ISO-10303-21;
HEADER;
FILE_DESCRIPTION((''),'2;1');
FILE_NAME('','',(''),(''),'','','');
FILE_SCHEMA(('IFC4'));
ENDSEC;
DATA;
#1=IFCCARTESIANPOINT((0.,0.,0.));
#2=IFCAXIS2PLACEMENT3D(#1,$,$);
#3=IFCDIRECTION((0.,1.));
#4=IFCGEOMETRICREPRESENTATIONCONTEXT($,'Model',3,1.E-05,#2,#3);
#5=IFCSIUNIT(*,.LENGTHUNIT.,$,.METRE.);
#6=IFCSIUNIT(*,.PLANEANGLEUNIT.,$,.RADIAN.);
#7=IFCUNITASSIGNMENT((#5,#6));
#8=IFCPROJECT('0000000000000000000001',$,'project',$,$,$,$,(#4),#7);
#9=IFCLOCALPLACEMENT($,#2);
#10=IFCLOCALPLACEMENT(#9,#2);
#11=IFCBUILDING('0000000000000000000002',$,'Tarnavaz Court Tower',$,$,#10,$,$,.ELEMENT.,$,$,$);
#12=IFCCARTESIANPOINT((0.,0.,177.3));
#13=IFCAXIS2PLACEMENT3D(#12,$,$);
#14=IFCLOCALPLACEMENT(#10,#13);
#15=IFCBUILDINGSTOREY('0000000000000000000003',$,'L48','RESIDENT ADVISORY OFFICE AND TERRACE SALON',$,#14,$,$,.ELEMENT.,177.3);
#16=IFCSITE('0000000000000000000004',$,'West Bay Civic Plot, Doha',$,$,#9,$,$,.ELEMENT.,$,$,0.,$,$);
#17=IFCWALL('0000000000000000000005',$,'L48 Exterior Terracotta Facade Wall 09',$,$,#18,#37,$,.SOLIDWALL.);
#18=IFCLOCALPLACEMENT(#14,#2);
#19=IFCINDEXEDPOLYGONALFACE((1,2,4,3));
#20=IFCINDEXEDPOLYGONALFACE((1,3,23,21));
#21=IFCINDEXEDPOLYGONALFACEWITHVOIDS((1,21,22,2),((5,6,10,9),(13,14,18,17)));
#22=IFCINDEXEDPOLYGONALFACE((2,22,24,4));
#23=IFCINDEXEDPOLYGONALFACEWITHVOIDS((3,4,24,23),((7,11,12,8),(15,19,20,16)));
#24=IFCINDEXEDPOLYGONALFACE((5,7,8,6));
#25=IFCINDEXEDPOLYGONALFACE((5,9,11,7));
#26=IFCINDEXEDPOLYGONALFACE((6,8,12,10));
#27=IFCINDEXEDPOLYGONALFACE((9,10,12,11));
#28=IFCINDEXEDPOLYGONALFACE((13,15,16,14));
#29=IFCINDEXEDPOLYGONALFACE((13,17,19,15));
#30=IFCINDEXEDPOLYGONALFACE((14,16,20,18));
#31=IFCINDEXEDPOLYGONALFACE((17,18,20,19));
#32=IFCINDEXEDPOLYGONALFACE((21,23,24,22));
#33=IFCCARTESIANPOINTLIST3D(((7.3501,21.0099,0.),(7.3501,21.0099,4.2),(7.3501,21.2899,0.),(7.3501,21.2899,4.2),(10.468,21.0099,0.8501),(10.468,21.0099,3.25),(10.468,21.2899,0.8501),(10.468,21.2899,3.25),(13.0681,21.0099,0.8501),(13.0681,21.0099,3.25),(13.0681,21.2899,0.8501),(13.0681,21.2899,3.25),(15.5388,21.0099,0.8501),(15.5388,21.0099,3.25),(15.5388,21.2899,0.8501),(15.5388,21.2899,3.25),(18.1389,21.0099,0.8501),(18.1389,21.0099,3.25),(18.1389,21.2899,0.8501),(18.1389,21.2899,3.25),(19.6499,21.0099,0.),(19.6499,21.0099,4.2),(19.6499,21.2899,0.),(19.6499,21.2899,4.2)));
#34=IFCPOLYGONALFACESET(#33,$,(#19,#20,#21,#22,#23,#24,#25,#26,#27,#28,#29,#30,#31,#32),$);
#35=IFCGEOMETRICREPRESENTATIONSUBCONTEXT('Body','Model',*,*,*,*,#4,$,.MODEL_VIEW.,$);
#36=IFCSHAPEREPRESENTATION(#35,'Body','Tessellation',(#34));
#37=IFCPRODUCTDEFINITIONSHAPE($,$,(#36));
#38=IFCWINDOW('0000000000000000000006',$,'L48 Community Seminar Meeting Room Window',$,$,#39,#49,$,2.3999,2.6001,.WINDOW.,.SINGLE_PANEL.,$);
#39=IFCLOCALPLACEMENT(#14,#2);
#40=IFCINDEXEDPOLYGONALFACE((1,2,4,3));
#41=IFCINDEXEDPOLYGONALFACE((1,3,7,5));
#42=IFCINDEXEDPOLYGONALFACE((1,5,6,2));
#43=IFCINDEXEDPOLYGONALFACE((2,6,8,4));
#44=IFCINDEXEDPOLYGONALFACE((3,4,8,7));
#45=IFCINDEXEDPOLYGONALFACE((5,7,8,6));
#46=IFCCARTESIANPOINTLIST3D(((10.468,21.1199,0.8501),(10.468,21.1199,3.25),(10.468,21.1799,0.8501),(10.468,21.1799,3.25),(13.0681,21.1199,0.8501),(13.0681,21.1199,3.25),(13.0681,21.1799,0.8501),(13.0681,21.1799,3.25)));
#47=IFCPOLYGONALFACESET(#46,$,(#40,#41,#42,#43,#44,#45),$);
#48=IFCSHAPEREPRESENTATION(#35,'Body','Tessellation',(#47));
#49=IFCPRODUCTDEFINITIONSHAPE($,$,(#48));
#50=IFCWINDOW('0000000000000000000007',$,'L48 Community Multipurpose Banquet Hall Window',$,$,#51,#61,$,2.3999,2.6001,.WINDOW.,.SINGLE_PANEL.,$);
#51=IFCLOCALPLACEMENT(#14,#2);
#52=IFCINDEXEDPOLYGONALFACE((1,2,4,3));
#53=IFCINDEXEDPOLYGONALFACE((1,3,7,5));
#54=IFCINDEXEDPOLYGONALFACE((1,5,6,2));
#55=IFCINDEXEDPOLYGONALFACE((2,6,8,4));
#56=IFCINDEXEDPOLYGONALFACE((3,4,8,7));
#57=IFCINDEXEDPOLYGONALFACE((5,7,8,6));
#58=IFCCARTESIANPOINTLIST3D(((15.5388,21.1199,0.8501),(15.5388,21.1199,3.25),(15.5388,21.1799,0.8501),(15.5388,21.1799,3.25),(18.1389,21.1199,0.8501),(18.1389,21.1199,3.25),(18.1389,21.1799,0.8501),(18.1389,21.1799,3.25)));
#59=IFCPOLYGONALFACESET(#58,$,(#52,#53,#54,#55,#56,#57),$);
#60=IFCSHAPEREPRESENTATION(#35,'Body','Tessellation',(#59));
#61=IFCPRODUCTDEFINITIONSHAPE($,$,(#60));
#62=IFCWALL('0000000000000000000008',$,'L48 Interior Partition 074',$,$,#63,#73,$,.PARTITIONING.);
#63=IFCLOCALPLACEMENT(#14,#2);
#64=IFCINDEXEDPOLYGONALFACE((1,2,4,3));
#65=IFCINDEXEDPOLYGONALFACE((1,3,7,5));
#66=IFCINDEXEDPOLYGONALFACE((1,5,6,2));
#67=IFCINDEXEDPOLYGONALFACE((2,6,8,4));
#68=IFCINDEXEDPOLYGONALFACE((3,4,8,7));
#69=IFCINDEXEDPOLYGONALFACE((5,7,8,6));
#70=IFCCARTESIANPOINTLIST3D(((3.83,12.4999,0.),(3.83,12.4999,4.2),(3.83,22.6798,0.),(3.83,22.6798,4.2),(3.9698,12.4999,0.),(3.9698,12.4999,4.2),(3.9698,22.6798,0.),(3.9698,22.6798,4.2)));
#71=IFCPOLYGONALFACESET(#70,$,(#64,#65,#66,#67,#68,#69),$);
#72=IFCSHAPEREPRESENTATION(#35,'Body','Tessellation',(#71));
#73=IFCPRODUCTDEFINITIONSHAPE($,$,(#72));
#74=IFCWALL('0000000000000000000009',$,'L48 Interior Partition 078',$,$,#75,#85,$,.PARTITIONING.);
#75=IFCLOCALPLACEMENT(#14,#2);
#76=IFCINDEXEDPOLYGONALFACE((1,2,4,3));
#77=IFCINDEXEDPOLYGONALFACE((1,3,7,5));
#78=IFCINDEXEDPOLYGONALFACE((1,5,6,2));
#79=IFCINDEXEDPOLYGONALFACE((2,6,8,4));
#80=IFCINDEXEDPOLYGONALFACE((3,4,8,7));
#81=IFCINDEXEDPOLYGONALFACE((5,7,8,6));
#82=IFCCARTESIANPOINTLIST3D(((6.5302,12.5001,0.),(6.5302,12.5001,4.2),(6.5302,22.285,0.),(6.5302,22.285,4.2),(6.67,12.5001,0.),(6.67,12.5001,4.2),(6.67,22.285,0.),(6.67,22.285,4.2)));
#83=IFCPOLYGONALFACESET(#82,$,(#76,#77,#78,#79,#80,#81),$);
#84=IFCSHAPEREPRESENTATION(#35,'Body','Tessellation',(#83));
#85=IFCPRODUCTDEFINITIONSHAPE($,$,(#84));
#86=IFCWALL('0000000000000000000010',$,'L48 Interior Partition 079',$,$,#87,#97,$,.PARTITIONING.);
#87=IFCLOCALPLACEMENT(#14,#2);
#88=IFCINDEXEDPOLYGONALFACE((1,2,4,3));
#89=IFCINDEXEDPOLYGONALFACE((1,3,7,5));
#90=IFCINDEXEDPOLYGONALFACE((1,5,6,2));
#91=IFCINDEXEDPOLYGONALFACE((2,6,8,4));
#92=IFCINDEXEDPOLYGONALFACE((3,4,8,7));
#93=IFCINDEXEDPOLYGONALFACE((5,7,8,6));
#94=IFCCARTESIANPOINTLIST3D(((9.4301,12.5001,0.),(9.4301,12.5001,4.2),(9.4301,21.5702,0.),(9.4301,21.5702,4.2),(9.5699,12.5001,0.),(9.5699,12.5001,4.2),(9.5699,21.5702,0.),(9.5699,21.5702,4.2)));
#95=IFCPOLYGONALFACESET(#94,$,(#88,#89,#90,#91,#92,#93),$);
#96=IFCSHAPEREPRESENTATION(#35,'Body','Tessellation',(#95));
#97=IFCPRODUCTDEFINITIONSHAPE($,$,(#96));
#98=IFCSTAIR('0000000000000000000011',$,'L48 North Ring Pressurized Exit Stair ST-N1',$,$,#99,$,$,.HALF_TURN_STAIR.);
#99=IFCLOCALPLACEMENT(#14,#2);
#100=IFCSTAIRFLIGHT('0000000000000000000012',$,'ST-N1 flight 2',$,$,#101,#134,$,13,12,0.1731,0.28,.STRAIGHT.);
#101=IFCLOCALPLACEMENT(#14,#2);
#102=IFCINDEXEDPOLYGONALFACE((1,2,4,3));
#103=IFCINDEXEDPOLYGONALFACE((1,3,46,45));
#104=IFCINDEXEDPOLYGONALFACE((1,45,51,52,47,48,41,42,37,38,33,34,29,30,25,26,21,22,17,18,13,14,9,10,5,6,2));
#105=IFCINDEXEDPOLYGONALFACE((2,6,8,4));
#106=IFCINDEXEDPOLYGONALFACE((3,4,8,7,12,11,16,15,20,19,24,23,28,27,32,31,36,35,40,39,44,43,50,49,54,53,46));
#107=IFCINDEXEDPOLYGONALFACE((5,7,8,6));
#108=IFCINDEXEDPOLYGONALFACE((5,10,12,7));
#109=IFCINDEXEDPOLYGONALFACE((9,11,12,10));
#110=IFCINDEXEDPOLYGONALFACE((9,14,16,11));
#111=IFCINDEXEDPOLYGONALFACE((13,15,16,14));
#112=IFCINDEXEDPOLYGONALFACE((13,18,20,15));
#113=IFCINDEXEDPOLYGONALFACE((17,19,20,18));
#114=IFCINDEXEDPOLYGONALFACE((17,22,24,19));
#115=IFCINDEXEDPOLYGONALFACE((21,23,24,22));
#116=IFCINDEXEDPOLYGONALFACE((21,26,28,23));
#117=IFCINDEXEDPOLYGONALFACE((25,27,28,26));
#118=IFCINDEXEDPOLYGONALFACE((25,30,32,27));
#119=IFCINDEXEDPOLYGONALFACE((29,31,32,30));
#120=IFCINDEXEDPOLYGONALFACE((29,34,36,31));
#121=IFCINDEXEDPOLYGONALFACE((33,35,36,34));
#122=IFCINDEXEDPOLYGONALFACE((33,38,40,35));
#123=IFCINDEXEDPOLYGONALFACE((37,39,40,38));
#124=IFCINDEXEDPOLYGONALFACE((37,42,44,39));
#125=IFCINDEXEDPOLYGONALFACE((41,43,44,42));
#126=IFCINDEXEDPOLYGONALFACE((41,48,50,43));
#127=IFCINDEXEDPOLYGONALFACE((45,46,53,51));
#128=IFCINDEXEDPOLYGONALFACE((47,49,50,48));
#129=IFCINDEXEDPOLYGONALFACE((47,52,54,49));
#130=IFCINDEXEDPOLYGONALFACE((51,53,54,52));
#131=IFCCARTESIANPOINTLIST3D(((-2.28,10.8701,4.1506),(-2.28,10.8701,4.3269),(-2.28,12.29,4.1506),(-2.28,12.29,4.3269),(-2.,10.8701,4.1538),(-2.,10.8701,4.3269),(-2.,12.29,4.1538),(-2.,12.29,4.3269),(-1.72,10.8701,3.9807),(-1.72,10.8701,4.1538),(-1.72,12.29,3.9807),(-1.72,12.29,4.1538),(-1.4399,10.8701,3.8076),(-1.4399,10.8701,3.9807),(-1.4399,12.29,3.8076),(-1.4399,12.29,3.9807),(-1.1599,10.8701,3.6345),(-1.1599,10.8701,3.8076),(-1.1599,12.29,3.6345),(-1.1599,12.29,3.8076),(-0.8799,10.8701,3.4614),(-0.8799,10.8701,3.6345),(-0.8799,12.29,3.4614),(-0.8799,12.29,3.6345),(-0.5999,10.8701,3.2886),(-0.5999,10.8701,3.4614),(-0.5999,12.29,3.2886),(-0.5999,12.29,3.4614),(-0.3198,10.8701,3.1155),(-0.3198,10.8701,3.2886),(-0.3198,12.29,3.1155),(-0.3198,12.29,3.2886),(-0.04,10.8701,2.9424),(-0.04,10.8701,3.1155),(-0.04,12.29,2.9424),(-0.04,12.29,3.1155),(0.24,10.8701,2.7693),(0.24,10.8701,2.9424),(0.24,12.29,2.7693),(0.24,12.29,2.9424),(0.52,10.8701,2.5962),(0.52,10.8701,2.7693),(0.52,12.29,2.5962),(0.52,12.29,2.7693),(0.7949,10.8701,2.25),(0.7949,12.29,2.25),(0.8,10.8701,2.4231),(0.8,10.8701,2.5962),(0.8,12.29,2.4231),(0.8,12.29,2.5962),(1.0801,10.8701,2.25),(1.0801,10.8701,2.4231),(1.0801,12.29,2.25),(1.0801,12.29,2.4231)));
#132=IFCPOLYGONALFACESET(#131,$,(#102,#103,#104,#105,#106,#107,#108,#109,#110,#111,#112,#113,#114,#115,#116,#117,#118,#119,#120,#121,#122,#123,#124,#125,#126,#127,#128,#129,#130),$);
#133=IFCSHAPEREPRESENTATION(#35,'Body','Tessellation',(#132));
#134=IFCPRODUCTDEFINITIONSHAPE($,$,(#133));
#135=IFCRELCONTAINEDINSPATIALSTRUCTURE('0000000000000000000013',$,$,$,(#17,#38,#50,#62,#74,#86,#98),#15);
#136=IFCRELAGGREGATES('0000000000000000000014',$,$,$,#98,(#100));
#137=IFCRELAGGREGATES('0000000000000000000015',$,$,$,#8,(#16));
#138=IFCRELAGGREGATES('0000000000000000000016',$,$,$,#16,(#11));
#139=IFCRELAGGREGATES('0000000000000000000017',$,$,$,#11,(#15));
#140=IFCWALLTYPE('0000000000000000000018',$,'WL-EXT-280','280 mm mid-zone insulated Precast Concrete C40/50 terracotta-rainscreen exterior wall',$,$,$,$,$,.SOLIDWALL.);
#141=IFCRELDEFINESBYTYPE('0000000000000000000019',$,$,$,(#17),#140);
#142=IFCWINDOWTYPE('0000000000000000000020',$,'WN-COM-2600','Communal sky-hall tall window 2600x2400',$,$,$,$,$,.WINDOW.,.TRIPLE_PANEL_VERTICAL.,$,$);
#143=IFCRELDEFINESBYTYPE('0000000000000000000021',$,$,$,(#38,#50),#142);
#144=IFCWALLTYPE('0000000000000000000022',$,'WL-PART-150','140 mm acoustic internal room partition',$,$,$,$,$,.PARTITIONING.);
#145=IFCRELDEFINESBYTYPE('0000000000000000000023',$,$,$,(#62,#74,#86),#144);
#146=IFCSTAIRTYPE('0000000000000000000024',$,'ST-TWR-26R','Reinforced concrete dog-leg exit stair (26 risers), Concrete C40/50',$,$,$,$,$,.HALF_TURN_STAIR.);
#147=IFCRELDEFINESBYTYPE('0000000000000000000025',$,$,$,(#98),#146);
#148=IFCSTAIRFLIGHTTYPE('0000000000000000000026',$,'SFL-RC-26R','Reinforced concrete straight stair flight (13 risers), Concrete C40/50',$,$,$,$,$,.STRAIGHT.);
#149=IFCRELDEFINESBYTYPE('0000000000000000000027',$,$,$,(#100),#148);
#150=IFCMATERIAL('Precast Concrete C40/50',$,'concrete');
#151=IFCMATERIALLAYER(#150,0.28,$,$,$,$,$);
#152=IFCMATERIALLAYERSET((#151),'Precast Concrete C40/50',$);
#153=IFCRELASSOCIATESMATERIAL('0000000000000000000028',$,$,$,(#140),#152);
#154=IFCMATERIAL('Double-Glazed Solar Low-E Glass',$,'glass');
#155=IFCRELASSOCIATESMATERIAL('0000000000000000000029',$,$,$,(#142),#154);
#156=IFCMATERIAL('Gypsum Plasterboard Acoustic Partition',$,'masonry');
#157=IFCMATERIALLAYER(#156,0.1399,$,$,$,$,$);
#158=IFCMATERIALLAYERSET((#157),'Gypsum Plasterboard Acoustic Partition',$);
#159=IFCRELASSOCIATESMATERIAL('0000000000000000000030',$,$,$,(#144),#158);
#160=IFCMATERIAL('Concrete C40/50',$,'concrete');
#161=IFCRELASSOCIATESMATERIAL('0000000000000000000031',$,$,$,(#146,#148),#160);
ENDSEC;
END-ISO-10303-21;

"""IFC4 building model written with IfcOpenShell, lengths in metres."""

from ifc_helpers import new_model, si_unit, direction, frame, frame_2d, origin, place, context, subcontext, project, spatial, polyline, rectangle, outline, extrude, material, layer, layer_set, type_object, element, fill, aggregate, save


model = new_model("IFC4")

# Units and contexts
model_context = context("Model", 3, precision=1e-05, world=origin(), true_north=direction((0.0, 1.0)))
body_context = subcontext(model_context, "Body", "Model", "MODEL_VIEW")
ifc_project = project(units=[si_unit("LENGTHUNIT", "METRE"), si_unit("PLANEANGLEUNIT", "RADIAN")], contexts=[model_context])

# Site, building, storey
site_placement = place(None, origin())
site = spatial("IfcSite", under=ifc_project, at=site_placement, Name="West Bay Civic Plot, Doha", CompositionType="ELEMENT", RefElevation=0.0)
building_placement = place(site_placement, origin())
building = spatial("IfcBuilding", under=site, at=building_placement, Name="Tarnavaz Court Tower", CompositionType="ELEMENT")
storey_placement = place(building_placement, frame((0.0, 0.0, 177.3)))
storey = spatial("IfcBuildingStorey", under=building, at=storey_placement, Name="L48", Description="RESIDENT ADVISORY OFFICE AND TERRACE SALON", CompositionType="ELEMENT", Elevation=177.3)

# Shared definitions
ifc_material_1 = material(Name="Double-Glazed Solar Low-E Glass", Category="glass")

# Shared definitions
ifc_material_2 = material(Name="Precast Concrete C40/50", Category="concrete")
ifc_layer_1 = layer(ifc_material_2, 0.28)
ifc_layer_set_1 = layer_set([ifc_layer_1], Name="Precast Concrete C40/50")
wall_type_1 = type_object("IfcWallType", Name="WL-EXT-280", Description="280 mm mid-zone insulated Precast Concrete C40/50 terracotta-rainscreen exterior wall", PredefinedType="SOLIDWALL", material=ifc_layer_set_1)

# Wall, openings, windows
wall_1_placement = place(storey_placement, frame((7.3501, 21.1499, 0.0), z_axis=(0.0, 0.0, 1.0), x_axis=(1.0, 0.0, 0.0)))
wall_1 = element("IfcWall", 1, at=wall_1_placement, inside=storey, type_object=wall_type_1, Name="L48 Exterior Terracotta Facade Wall 09", PredefinedType="SOLIDWALL", context=body_context, shape_type="SweptSolid", body=[
    extrude(rectangle(XDim=12.2998, YDim=0.28, at=frame_2d((6.1499, 0.0))), origin(), (0.0, 0.0, 1.0), 4.2),
])
opening_1_placement = place(wall_1_placement, frame((3.1179, 0.0, 0.8501)))
opening_1 = element("IfcOpeningElement", 2, at=opening_1_placement, cuts=wall_1, PredefinedType="OPENING", context=body_context, shape_type="SweptSolid", body=[
    extrude(rectangle(XDim=2.6001, YDim=2.3999, at=frame_2d((1.3, 1.2))), frame((0.0, 0.1499, 0.0), z_axis=(0.0, -1.0, 0.0), x_axis=(1.0, 0.0, 0.0)), (0.0, 0.0, 1.0), 0.3),
])
opening_2_placement = place(wall_1_placement, frame((8.1887, 0.0, 0.8501)))
opening_2 = element("IfcOpeningElement", 3, at=opening_2_placement, cuts=wall_1, PredefinedType="OPENING", context=body_context, shape_type="SweptSolid", body=[
    extrude(rectangle(XDim=2.6001, YDim=2.3999, at=frame_2d((1.3, 1.2))), frame((0.0, 0.1499, 0.0), z_axis=(0.0, -1.0, 0.0), x_axis=(1.0, 0.0, 0.0)), (0.0, 0.0, 1.0), 0.3),
])
window_type = type_object("IfcWindowType", Name="WN-COM-2600", Description="Communal sky-hall tall window 2600x2400", PartitioningType="TRIPLE_PANEL_VERTICAL", PredefinedType="WINDOW", material=ifc_material_1)
window_1_placement = place(opening_1_placement, origin())
window_1 = element("IfcWindow", 4, at=window_1_placement, inside=storey, type_object=window_type, Name="L48 Community Seminar Meeting Room Window", OverallHeight=2.3999, OverallWidth=2.6001, PartitioningType="SINGLE_PANEL", PredefinedType="WINDOW", context=body_context, shape_type="SweptSolid", body=[
    extrude(rectangle(XDim=2.6001, YDim=2.3999, at=frame_2d((1.3, 1.2))), frame((0.0, 0.03, 0.0), z_axis=(0.0, -1.0, 0.0), x_axis=(1.0, 0.0, 0.0)), (0.0, 0.0, 1.0), 0.0601),
])
fill(opening_1, window_1)
window_2_placement = place(opening_2_placement, origin())
window_2 = element("IfcWindow", 5, at=window_2_placement, inside=storey, type_object=window_type, Name="L48 Community Multipurpose Banquet Hall Window", OverallHeight=2.3999, OverallWidth=2.6001, PartitioningType="SINGLE_PANEL", PredefinedType="WINDOW", context=body_context, shape_type="SweptSolid", body=[
    extrude(rectangle(XDim=2.6001, YDim=2.3999, at=frame_2d((1.3, 1.2))), frame((0.0, 0.03, 0.0), z_axis=(0.0, -1.0, 0.0), x_axis=(1.0, 0.0, 0.0)), (0.0, 0.0, 1.0), 0.0601),
])
fill(opening_2, window_2)

# Walls
ifc_material_3 = material(Name="Gypsum Plasterboard Acoustic Partition", Category="masonry")
ifc_layer_2 = layer(ifc_material_3, 0.1399)
ifc_layer_set_2 = layer_set([ifc_layer_2], Name="Gypsum Plasterboard Acoustic Partition")
wall_type_2 = type_object("IfcWallType", Name="WL-PART-150", Description="140 mm acoustic internal room partition", PredefinedType="PARTITIONING", material=ifc_layer_set_2)
wall_2_placement = place(storey_placement, frame((3.8999, 12.5, 0.0), z_axis=(0.0, 0.0, 1.0), x_axis=(0.0, 1.0, 0.0)))
element("IfcWall", 6, at=wall_2_placement, inside=storey, type_object=wall_type_2, Name="L48 Interior Partition 074", PredefinedType="PARTITIONING", context=body_context, shape_type="SweptSolid", body=[
    extrude(rectangle(XDim=10.1799, YDim=0.1399, at=frame_2d((5.0898, 0.0))), origin(), (0.0, 0.0, 1.0), 4.2),
])
wall_3_placement = place(storey_placement, frame((6.6001, 12.5, 0.0), z_axis=(0.0, 0.0, 1.0), x_axis=(0.0, 1.0, 0.0)))
element("IfcWall", 7, at=wall_3_placement, inside=storey, type_object=wall_type_2, Name="L48 Interior Partition 078", PredefinedType="PARTITIONING", context=body_context, shape_type="SweptSolid", body=[
    extrude(rectangle(XDim=9.7849, YDim=0.1399, at=frame_2d((4.8926, 0.0))), origin(), (0.0, 0.0, 1.0), 4.2),
])
wall_4_placement = place(storey_placement, frame((9.5, 12.5, 0.0), z_axis=(0.0, 0.0, 1.0), x_axis=(0.0, 1.0, 0.0)))
element("IfcWall", 8, at=wall_4_placement, inside=storey, type_object=wall_type_2, Name="L48 Interior Partition 079", PredefinedType="PARTITIONING", context=body_context, shape_type="SweptSolid", body=[
    extrude(rectangle(XDim=9.0701, YDim=0.1399, at=frame_2d((4.5352, 0.0))), origin(), (0.0, 0.0, 1.0), 4.2),
])

# Stair, stair flight
ifc_material_4 = material(Name="Concrete C40/50", Category="concrete")
stair_type = type_object("IfcStairType", Name="ST-TWR-26R", Description="Reinforced concrete dog-leg exit stair (26 risers), Concrete C40/50", PredefinedType="HALF_TURN_STAIR", material=ifc_material_4)
stair_placement = place(storey_placement, origin())
stair = element("IfcStair", 9, at=stair_placement, inside=storey, type_object=stair_type, Name="L48 North Ring Pressurized Exit Stair ST-N1", PredefinedType="HALF_TURN_STAIR")
stair_flight_type = type_object("IfcStairFlightType", Name="SFL-RC-26R", Description="Reinforced concrete straight stair flight (13 risers), Concrete C40/50", PredefinedType="STRAIGHT", material=ifc_material_4)
stair_flight_placement = place(storey_placement, frame((1.0801, 11.5801, 2.25), z_axis=(0.0, 0.0, 1.0), x_axis=(-1.0, 0.0, 0.0)))
stair_flight = element("IfcStairFlight", 10, at=stair_flight_placement, type_object=stair_flight_type, Name="ST-N1 flight 2", NumberOfRisers=13, NumberOfTreads=12, PredefinedType="STRAIGHT", RiserHeight=0.1731, TreadLength=0.28, context=body_context, shape_type="SweptSolid", body=[
    extrude(outline(polyline([(0.0, 0.0), (0.0, 0.1731), (0.28, 0.1731), (0.28, 0.3462), (0.5601, 0.3462), (0.5601, 0.5193), (0.8401, 0.5193), (0.8401, 0.6924), (1.1201, 0.6924), (1.1201, 0.8655), (1.3999, 0.8655), (1.3999, 1.0386), (1.6799, 1.0386), (1.6799, 1.2114), (1.96, 1.2114), (1.96, 1.3845), (2.24, 1.3845), (2.24, 1.5576), (2.52, 1.5576), (2.52, 1.7307), (2.8, 1.7307), (2.8, 1.9038), (3.0801, 1.9038), (3.0801, 2.0769), (3.3601, 2.0769), (3.3601, 2.25), (3.3601, 1.9006), (0.2852, 0.0), (0.0, 0.0)])), frame((0.0, 0.71, 0.0), z_axis=(0.0, -1.0, 0.0), x_axis=(1.0, 0.0, 0.0)), (0.0, 0.0, 1.0), 1.4199),
])
aggregate(stair, [stair_flight])

save(model, "model.ifc")
